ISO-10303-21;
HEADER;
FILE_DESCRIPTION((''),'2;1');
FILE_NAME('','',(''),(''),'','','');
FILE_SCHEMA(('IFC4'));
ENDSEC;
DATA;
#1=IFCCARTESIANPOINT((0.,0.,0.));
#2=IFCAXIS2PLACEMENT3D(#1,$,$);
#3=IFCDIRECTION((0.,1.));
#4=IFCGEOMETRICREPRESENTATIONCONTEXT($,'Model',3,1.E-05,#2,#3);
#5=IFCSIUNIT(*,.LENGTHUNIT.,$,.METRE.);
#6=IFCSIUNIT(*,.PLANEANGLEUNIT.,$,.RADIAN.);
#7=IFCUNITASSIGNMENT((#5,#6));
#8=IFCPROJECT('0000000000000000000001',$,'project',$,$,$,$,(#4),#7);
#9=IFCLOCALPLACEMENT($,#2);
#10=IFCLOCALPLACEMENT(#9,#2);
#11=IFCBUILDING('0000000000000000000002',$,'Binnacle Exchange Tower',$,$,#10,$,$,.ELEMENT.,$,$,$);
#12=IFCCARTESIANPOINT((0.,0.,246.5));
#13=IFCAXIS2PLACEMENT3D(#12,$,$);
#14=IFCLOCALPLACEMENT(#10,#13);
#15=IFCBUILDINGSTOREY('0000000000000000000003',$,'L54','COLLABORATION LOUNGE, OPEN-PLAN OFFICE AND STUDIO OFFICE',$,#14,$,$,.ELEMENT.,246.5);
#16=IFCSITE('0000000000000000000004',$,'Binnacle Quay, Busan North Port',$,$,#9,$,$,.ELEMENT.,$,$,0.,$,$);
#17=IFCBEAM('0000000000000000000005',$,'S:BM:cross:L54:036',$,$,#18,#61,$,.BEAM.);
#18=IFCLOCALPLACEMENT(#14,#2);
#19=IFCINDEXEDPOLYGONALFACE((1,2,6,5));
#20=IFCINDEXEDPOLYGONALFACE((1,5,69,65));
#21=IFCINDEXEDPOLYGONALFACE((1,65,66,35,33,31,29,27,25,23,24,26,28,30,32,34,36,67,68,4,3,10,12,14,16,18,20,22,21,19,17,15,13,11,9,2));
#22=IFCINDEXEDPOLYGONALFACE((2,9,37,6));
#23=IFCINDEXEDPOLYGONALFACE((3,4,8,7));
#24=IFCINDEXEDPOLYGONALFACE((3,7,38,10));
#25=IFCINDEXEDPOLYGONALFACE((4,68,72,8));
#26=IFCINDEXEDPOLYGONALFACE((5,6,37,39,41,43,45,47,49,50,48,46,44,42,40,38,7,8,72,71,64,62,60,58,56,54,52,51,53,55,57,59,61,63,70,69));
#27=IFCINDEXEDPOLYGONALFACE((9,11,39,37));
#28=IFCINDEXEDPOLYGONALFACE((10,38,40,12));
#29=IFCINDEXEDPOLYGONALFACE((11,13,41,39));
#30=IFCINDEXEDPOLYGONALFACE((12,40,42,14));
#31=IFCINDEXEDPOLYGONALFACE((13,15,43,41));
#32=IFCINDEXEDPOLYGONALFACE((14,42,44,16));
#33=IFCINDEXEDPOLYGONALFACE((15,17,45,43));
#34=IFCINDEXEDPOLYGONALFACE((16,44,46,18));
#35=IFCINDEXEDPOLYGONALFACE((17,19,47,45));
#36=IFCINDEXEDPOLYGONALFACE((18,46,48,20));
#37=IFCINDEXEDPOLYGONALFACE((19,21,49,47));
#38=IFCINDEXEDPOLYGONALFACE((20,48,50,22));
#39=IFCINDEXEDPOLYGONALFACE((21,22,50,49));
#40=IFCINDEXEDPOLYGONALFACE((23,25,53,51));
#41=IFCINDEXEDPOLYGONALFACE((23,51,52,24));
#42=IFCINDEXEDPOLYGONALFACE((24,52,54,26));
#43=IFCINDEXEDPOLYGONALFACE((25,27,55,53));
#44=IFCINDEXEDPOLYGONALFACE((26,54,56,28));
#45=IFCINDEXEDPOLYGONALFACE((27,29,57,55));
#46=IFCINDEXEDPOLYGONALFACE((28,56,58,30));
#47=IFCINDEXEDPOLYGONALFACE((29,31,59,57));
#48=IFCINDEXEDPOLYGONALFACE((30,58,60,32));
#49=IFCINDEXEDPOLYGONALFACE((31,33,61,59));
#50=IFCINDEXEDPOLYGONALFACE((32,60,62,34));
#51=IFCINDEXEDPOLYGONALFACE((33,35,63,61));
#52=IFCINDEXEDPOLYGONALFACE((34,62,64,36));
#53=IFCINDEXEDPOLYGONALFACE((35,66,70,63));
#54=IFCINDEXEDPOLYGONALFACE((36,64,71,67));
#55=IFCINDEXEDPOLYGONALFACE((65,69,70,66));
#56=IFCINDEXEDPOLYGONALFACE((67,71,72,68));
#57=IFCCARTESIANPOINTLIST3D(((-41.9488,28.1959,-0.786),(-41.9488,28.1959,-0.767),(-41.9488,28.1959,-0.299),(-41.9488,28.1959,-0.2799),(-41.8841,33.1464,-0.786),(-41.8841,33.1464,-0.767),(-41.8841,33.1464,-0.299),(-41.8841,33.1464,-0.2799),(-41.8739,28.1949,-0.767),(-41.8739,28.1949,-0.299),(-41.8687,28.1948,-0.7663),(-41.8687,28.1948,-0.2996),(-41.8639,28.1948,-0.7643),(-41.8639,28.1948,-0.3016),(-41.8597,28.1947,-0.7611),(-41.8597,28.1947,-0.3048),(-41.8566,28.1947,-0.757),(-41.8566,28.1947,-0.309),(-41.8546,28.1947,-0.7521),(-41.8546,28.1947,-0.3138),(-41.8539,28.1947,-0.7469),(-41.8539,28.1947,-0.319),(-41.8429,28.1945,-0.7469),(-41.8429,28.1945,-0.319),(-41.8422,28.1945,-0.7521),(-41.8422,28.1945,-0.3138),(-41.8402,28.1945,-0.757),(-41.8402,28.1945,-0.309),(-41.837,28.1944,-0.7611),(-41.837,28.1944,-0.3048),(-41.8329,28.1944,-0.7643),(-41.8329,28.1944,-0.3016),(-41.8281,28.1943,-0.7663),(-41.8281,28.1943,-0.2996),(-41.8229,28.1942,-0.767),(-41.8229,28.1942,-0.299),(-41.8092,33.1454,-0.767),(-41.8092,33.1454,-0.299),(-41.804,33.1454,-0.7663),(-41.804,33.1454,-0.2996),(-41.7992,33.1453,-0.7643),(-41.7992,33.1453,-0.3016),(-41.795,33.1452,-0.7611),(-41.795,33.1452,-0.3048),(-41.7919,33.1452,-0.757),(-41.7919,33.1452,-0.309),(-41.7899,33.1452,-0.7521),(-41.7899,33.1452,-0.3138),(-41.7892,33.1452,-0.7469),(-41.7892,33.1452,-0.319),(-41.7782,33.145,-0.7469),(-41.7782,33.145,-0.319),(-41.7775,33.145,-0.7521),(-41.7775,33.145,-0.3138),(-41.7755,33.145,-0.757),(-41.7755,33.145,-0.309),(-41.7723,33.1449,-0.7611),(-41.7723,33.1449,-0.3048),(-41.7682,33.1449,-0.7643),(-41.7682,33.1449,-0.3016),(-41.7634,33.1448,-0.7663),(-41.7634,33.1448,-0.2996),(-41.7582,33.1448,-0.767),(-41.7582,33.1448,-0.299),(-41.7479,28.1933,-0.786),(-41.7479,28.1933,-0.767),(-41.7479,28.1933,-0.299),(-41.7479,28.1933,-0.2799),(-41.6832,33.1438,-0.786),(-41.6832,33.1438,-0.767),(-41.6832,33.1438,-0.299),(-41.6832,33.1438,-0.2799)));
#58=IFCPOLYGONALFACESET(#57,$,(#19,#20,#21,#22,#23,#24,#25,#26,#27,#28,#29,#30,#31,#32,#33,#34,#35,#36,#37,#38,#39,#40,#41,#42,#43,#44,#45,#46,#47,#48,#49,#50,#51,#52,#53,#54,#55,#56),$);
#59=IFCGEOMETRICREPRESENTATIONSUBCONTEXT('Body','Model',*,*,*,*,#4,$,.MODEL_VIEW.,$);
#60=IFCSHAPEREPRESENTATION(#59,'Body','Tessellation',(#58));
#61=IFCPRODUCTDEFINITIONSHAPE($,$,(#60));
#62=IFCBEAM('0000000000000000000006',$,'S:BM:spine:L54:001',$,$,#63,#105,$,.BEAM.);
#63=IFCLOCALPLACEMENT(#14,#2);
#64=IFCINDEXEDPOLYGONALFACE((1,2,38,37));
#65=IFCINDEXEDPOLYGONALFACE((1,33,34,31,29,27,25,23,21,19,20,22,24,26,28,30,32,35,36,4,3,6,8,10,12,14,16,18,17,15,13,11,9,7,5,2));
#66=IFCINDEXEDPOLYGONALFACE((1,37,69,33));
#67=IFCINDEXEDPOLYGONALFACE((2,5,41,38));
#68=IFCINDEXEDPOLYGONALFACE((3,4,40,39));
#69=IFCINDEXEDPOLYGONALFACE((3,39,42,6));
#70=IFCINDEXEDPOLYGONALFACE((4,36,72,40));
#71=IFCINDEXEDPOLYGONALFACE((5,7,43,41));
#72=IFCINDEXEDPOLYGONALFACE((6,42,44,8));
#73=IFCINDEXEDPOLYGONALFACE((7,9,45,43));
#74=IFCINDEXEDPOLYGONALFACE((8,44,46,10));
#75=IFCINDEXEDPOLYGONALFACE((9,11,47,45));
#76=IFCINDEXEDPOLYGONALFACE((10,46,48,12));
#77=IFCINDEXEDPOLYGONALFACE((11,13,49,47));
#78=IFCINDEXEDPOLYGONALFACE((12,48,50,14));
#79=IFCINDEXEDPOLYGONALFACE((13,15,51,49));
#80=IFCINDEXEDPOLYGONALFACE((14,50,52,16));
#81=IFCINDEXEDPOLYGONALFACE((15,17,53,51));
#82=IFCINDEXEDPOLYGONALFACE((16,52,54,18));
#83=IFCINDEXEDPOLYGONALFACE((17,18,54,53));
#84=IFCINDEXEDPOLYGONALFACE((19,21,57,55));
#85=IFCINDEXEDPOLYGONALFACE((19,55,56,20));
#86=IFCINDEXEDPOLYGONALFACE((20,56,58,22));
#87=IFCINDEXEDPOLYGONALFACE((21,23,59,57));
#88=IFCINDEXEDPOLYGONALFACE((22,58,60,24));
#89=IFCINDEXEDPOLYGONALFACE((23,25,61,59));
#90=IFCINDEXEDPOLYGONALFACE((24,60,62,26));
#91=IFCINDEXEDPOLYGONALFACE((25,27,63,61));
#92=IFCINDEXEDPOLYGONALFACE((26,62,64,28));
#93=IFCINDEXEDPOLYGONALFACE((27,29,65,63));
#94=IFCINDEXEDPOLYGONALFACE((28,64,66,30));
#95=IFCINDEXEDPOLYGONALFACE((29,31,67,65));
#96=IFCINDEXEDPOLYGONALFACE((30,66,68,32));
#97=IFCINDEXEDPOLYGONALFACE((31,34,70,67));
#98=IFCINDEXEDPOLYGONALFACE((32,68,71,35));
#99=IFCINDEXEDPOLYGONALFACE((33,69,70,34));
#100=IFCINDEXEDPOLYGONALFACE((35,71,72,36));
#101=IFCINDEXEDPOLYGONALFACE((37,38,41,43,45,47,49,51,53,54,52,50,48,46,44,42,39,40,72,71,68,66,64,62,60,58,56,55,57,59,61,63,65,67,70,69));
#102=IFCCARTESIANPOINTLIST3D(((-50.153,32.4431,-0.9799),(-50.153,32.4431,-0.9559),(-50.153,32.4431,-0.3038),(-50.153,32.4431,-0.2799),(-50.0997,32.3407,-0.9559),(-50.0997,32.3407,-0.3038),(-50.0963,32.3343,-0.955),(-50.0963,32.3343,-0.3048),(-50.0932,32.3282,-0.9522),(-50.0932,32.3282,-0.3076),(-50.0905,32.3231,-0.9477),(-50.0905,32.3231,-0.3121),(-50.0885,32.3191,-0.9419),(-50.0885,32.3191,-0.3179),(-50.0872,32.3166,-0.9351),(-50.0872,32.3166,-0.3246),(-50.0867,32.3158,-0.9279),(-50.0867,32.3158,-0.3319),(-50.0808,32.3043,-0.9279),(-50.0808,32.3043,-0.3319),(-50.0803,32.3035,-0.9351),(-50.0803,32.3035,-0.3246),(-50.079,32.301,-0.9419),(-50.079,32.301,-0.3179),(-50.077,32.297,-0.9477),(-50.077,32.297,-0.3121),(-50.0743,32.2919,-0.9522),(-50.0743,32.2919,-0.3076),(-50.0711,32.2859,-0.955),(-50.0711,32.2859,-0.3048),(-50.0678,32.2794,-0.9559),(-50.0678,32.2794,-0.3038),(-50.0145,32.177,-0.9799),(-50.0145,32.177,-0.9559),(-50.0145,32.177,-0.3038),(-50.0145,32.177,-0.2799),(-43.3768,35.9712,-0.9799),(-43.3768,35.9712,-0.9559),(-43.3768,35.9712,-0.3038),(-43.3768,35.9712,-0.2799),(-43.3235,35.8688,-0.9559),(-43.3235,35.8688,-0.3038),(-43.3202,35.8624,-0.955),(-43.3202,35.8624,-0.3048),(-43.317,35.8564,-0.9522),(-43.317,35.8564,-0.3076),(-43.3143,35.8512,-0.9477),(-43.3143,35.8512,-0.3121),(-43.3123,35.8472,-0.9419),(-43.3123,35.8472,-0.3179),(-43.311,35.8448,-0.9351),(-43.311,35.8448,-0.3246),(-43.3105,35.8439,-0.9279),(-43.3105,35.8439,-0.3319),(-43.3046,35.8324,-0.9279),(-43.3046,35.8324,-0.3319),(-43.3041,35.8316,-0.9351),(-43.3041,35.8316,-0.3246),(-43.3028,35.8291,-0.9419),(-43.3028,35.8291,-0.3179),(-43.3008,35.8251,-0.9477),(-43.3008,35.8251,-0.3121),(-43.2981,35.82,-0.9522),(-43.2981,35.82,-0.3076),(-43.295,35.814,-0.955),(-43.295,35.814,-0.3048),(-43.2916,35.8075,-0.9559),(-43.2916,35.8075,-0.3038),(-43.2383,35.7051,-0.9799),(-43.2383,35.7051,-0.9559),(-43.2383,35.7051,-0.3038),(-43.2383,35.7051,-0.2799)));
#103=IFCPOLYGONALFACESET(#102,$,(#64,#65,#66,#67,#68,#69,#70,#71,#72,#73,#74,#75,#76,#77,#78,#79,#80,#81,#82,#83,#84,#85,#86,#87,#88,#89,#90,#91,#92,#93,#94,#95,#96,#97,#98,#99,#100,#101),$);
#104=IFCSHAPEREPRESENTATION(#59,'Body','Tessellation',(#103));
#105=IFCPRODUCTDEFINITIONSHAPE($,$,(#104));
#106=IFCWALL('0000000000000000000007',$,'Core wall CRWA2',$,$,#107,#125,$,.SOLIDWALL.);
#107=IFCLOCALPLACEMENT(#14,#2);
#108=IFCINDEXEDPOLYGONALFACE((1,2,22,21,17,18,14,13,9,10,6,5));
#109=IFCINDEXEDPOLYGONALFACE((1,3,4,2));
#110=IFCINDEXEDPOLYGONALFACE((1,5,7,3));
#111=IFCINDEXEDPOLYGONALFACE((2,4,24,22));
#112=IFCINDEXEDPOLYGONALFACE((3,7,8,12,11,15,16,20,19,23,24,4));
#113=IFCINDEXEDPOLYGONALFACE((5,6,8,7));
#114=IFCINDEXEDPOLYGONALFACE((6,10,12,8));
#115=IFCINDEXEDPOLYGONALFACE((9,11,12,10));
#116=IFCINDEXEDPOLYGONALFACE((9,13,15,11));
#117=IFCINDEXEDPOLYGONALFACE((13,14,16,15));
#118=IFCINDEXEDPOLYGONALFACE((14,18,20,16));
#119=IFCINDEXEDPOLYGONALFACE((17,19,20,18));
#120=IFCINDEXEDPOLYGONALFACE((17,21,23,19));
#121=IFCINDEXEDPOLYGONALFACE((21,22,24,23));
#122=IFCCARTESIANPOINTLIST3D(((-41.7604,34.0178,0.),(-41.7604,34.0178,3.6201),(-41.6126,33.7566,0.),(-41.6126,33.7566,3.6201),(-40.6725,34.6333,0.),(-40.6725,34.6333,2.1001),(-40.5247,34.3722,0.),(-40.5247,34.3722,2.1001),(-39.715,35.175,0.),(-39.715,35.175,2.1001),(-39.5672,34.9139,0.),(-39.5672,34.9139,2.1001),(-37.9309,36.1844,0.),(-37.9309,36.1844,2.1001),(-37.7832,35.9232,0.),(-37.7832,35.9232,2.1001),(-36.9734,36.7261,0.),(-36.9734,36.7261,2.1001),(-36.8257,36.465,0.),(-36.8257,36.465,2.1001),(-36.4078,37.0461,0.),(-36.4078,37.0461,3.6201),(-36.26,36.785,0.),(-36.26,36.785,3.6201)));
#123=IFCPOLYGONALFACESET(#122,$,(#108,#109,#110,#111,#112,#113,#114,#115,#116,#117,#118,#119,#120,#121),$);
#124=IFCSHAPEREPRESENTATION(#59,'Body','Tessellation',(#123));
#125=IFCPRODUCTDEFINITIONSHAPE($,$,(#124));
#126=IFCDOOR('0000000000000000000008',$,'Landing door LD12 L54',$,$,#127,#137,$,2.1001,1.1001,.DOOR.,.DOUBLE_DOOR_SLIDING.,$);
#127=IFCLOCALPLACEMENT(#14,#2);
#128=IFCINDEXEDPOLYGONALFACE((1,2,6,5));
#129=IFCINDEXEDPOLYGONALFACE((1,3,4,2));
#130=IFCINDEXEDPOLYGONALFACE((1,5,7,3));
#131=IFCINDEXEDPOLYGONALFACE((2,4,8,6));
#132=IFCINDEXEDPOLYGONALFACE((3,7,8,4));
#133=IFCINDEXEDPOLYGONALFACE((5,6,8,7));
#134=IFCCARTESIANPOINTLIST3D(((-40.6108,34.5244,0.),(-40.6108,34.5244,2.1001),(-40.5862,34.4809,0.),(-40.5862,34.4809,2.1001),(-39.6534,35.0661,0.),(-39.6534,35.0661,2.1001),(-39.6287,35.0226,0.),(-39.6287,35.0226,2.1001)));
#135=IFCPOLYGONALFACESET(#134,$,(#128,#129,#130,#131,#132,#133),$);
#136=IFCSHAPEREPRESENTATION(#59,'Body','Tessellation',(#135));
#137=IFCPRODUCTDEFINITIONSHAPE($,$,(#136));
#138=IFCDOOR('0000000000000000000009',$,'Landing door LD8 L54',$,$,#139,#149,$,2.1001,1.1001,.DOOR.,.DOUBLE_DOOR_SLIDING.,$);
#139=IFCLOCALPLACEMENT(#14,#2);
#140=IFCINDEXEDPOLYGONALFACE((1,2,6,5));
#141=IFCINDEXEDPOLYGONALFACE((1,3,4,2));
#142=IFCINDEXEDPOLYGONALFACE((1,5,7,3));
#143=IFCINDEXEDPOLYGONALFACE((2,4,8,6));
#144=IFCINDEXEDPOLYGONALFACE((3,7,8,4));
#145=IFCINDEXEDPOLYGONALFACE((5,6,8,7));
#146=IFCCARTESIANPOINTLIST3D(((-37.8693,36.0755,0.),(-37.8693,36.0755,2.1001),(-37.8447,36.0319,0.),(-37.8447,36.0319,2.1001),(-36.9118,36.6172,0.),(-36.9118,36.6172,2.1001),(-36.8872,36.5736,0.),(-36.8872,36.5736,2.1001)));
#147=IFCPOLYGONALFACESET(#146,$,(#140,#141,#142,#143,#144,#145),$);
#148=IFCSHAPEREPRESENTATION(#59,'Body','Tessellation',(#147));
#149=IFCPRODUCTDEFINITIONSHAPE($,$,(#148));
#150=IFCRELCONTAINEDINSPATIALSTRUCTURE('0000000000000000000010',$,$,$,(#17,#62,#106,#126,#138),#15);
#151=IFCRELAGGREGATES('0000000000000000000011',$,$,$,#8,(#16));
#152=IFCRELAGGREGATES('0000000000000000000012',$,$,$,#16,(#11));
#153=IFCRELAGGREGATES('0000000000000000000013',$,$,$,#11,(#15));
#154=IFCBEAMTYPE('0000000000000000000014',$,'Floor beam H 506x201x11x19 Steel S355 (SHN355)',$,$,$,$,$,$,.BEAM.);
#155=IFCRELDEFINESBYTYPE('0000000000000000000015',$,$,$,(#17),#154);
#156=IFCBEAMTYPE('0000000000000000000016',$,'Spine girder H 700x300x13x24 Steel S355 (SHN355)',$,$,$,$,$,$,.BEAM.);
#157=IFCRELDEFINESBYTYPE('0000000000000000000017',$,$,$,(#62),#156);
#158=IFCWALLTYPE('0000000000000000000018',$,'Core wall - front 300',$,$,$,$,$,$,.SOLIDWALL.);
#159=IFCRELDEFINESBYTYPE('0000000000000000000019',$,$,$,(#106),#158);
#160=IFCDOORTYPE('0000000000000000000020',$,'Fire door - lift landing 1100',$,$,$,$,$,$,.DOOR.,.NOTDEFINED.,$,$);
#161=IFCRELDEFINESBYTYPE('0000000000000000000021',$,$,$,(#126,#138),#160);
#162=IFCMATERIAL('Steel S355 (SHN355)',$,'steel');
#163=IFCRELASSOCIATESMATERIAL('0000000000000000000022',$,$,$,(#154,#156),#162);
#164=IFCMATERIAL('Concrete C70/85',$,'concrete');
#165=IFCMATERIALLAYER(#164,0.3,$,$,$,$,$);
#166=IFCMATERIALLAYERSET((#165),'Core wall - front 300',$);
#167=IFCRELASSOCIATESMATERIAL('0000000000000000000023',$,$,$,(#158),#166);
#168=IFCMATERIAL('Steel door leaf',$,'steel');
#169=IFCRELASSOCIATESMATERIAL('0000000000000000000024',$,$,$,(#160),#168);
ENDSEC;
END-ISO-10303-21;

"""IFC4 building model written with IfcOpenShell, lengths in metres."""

from ifc_helpers import new_model, si_unit, direction, frame, frame_2d, origin, origin_2d, place, context, subcontext, project, spatial, rectangle, i_section, extrude, material, layer, layer_set, material_profile, profile_set, type_object, element, fill, save


model = new_model("IFC4")

# Units and contexts
model_context = context("Model", 3, precision=1e-05, world=origin(), true_north=direction((0.0, 1.0)))
body_context = subcontext(model_context, "Body", "Model", "MODEL_VIEW")
ifc_project = project(units=[si_unit("LENGTHUNIT", "METRE"), si_unit("PLANEANGLEUNIT", "RADIAN")], contexts=[model_context])

# Site, building, storey
site_placement = place(None, origin())
site = spatial("IfcSite", under=ifc_project, at=site_placement, Name="Binnacle Quay, Busan North Port", CompositionType="ELEMENT", RefElevation=0.0)
building_placement = place(site_placement, origin())
building = spatial("IfcBuilding", under=site, at=building_placement, Name="Binnacle Exchange Tower", CompositionType="ELEMENT")
storey_placement = place(building_placement, frame((0.0, 0.0, 246.5)))
storey = spatial("IfcBuildingStorey", under=building, at=storey_placement, Name="L54", Description="COLLABORATION LOUNGE, OPEN-PLAN OFFICE AND STUDIO OFFICE", CompositionType="ELEMENT", Elevation=246.5)

# Beams
ifc_material_1 = material(Name="Steel S355 (SHN355)", Category="steel")
ifc_material_profile_1 = material_profile(ifc_material_1, i_section(OverallWidth=0.2009, OverallDepth=0.5061, WebThickness=0.011, FlangeThickness=0.019, FilletRadius=0.02, at=origin_2d()), Name="H 506x201x11x19")
ifc_profile_set_1 = profile_set([ifc_material_profile_1], Name="Steel S355 (SHN355)")
beam_type_1 = type_object("IfcBeamType", Name="Floor beam H 506x201x11x19 Steel S355 (SHN355)", PredefinedType="BEAM", material=ifc_profile_set_1)
beam_1_placement = place(storey_placement, frame((-41.8484, 28.1946, -0.533), z_axis=(0.013068, 0.999915, 0.0), x_axis=(-0.999915, 0.013068, 0.0)))
element("IfcBeam", 1, at=beam_1_placement, inside=storey, type_object=beam_type_1, Name="S:BM:cross:L54:036", PredefinedType="BEAM", context=body_context, shape_type="SweptSolid", body=[
    extrude(i_section(OverallWidth=0.2009, OverallDepth=0.5061, WebThickness=0.011, FlangeThickness=0.019, FilletRadius=0.02, at=origin_2d()), origin(), (0.0, 0.0, 1.0), 4.9509),
])
ifc_material_profile_2 = material_profile(ifc_material_1, i_section(OverallWidth=0.3, OverallDepth=0.7, WebThickness=0.0129, FlangeThickness=0.0239, FilletRadius=0.0281, at=origin_2d()), Name="H 700x300x13x24")
ifc_profile_set_2 = profile_set([ifc_material_profile_2], Name="Steel S355 (SHN355)")
beam_type_2 = type_object("IfcBeamType", Name="Spine girder H 700x300x13x24 Steel S355 (SHN355)", PredefinedType="BEAM", material=ifc_profile_set_2)
beam_2_placement = place(storey_placement, frame((-50.0837, 32.3101, -0.6299), z_axis=(0.886976, 0.461816, 0.0), x_axis=(-0.461816, 0.886976, 0.0)))
element("IfcBeam", 2, at=beam_2_placement, inside=storey, type_object=beam_type_2, Name="S:BM:spine:L54:001", PredefinedType="BEAM", context=body_context, shape_type="SweptSolid", body=[
    extrude(i_section(OverallWidth=0.3, OverallDepth=0.7, WebThickness=0.0129, FlangeThickness=0.0239, FilletRadius=0.0281, at=origin_2d()), origin(), (0.0, 0.0, 1.0), 7.6396),
])

# Wall, openings, doors
ifc_material_2 = material(Name="Concrete C70/85", Category="concrete")
ifc_layer_1 = layer(ifc_material_2, 0.3)
ifc_layer_set_1 = layer_set([ifc_layer_1], Name="Core wall - front 300")
wall_type_1 = type_object("IfcWallType", Name="Core wall - front 300", PredefinedType="SOLIDWALL", material=ifc_layer_set_1)
wall_1_placement = place(storey_placement, frame((-41.6865, 33.8872, 0.0), z_axis=(0.0, 0.0, 1.0), x_axis=(0.870356, 0.492423, 0.0)))
wall_1 = element("IfcWall", 3, at=wall_1_placement, inside=storey, type_object=wall_type_1, Name="Core wall CRWA2", PredefinedType="SOLIDWALL", context=body_context, shape_type="SweptSolid", body=[
    extrude(rectangle(XDim=6.1499, YDim=0.3, at=frame_2d((3.075, 0.0))), origin(), (0.0, 0.0, 1.0), 3.6201),
])
opening_1_placement = place(wall_1_placement, frame((1.25, 0.0, 0.0)))
opening_1 = element("IfcOpeningElement", 4, at=opening_1_placement, cuts=wall_1, PredefinedType="OPENING", context=body_context, shape_type="SweptSolid", body=[
    extrude(rectangle(XDim=1.1001, YDim=2.1001, at=frame_2d((0.55, 1.05))), frame((0.0, 0.1599, 0.0), z_axis=(0.0, -1.0, 0.0), x_axis=(1.0, 0.0, 0.0)), (0.0, 0.0, 1.0), 0.3201),
])
opening_2_placement = place(wall_1_placement, frame((4.3999, 0.0, 0.0)))
opening_2 = element("IfcOpeningElement", 5, at=opening_2_placement, cuts=wall_1, PredefinedType="OPENING", context=body_context, shape_type="SweptSolid", body=[
    extrude(rectangle(XDim=1.1001, YDim=2.1001, at=frame_2d((0.55, 1.05))), frame((0.0, 0.1599, 0.0), z_axis=(0.0, -1.0, 0.0), x_axis=(1.0, 0.0, 0.0)), (0.0, 0.0, 1.0), 0.3201),
])
ifc_material_3 = material(Name="Steel door leaf", Category="steel")
door_type_1 = type_object("IfcDoorType", Name="Fire door - lift landing 1100", OperationType="NOTDEFINED", PredefinedType="DOOR", material=ifc_material_3)
door_1_placement = place(opening_1_placement, origin())
door_1 = element("IfcDoor", 6, at=door_1_placement, inside=storey, type_object=door_type_1, Name="Landing door LD12 L54", OperationType="DOUBLE_DOOR_SLIDING", OverallHeight=2.1001, OverallWidth=1.1001, PredefinedType="DOOR", context=body_context, shape_type="SweptSolid", body=[
    extrude(rectangle(XDim=1.1001, YDim=2.1001, at=frame_2d((0.55, 1.05))), frame((0.0, 0.0249, 0.0), z_axis=(0.0, -1.0, 0.0), x_axis=(1.0, 0.0, 0.0)), (0.0, 0.0, 1.0), 0.05),
])
fill(opening_1, door_1)
door_2_placement = place(opening_2_placement, origin())
door_2 = element("IfcDoor", 7, at=door_2_placement, inside=storey, type_object=door_type_1, Name="Landing door LD8 L54", OperationType="DOUBLE_DOOR_SLIDING", OverallHeight=2.1001, OverallWidth=1.1001, PredefinedType="DOOR", context=body_context, shape_type="SweptSolid", body=[
    extrude(rectangle(XDim=1.1001, YDim=2.1001, at=frame_2d((0.55, 1.05))), frame((0.0, 0.0249, 0.0), z_axis=(0.0, -1.0, 0.0), x_axis=(1.0, 0.0, 0.0)), (0.0, 0.0, 1.0), 0.05),
])
fill(opening_2, door_2)

save(model, "model.ifc")
